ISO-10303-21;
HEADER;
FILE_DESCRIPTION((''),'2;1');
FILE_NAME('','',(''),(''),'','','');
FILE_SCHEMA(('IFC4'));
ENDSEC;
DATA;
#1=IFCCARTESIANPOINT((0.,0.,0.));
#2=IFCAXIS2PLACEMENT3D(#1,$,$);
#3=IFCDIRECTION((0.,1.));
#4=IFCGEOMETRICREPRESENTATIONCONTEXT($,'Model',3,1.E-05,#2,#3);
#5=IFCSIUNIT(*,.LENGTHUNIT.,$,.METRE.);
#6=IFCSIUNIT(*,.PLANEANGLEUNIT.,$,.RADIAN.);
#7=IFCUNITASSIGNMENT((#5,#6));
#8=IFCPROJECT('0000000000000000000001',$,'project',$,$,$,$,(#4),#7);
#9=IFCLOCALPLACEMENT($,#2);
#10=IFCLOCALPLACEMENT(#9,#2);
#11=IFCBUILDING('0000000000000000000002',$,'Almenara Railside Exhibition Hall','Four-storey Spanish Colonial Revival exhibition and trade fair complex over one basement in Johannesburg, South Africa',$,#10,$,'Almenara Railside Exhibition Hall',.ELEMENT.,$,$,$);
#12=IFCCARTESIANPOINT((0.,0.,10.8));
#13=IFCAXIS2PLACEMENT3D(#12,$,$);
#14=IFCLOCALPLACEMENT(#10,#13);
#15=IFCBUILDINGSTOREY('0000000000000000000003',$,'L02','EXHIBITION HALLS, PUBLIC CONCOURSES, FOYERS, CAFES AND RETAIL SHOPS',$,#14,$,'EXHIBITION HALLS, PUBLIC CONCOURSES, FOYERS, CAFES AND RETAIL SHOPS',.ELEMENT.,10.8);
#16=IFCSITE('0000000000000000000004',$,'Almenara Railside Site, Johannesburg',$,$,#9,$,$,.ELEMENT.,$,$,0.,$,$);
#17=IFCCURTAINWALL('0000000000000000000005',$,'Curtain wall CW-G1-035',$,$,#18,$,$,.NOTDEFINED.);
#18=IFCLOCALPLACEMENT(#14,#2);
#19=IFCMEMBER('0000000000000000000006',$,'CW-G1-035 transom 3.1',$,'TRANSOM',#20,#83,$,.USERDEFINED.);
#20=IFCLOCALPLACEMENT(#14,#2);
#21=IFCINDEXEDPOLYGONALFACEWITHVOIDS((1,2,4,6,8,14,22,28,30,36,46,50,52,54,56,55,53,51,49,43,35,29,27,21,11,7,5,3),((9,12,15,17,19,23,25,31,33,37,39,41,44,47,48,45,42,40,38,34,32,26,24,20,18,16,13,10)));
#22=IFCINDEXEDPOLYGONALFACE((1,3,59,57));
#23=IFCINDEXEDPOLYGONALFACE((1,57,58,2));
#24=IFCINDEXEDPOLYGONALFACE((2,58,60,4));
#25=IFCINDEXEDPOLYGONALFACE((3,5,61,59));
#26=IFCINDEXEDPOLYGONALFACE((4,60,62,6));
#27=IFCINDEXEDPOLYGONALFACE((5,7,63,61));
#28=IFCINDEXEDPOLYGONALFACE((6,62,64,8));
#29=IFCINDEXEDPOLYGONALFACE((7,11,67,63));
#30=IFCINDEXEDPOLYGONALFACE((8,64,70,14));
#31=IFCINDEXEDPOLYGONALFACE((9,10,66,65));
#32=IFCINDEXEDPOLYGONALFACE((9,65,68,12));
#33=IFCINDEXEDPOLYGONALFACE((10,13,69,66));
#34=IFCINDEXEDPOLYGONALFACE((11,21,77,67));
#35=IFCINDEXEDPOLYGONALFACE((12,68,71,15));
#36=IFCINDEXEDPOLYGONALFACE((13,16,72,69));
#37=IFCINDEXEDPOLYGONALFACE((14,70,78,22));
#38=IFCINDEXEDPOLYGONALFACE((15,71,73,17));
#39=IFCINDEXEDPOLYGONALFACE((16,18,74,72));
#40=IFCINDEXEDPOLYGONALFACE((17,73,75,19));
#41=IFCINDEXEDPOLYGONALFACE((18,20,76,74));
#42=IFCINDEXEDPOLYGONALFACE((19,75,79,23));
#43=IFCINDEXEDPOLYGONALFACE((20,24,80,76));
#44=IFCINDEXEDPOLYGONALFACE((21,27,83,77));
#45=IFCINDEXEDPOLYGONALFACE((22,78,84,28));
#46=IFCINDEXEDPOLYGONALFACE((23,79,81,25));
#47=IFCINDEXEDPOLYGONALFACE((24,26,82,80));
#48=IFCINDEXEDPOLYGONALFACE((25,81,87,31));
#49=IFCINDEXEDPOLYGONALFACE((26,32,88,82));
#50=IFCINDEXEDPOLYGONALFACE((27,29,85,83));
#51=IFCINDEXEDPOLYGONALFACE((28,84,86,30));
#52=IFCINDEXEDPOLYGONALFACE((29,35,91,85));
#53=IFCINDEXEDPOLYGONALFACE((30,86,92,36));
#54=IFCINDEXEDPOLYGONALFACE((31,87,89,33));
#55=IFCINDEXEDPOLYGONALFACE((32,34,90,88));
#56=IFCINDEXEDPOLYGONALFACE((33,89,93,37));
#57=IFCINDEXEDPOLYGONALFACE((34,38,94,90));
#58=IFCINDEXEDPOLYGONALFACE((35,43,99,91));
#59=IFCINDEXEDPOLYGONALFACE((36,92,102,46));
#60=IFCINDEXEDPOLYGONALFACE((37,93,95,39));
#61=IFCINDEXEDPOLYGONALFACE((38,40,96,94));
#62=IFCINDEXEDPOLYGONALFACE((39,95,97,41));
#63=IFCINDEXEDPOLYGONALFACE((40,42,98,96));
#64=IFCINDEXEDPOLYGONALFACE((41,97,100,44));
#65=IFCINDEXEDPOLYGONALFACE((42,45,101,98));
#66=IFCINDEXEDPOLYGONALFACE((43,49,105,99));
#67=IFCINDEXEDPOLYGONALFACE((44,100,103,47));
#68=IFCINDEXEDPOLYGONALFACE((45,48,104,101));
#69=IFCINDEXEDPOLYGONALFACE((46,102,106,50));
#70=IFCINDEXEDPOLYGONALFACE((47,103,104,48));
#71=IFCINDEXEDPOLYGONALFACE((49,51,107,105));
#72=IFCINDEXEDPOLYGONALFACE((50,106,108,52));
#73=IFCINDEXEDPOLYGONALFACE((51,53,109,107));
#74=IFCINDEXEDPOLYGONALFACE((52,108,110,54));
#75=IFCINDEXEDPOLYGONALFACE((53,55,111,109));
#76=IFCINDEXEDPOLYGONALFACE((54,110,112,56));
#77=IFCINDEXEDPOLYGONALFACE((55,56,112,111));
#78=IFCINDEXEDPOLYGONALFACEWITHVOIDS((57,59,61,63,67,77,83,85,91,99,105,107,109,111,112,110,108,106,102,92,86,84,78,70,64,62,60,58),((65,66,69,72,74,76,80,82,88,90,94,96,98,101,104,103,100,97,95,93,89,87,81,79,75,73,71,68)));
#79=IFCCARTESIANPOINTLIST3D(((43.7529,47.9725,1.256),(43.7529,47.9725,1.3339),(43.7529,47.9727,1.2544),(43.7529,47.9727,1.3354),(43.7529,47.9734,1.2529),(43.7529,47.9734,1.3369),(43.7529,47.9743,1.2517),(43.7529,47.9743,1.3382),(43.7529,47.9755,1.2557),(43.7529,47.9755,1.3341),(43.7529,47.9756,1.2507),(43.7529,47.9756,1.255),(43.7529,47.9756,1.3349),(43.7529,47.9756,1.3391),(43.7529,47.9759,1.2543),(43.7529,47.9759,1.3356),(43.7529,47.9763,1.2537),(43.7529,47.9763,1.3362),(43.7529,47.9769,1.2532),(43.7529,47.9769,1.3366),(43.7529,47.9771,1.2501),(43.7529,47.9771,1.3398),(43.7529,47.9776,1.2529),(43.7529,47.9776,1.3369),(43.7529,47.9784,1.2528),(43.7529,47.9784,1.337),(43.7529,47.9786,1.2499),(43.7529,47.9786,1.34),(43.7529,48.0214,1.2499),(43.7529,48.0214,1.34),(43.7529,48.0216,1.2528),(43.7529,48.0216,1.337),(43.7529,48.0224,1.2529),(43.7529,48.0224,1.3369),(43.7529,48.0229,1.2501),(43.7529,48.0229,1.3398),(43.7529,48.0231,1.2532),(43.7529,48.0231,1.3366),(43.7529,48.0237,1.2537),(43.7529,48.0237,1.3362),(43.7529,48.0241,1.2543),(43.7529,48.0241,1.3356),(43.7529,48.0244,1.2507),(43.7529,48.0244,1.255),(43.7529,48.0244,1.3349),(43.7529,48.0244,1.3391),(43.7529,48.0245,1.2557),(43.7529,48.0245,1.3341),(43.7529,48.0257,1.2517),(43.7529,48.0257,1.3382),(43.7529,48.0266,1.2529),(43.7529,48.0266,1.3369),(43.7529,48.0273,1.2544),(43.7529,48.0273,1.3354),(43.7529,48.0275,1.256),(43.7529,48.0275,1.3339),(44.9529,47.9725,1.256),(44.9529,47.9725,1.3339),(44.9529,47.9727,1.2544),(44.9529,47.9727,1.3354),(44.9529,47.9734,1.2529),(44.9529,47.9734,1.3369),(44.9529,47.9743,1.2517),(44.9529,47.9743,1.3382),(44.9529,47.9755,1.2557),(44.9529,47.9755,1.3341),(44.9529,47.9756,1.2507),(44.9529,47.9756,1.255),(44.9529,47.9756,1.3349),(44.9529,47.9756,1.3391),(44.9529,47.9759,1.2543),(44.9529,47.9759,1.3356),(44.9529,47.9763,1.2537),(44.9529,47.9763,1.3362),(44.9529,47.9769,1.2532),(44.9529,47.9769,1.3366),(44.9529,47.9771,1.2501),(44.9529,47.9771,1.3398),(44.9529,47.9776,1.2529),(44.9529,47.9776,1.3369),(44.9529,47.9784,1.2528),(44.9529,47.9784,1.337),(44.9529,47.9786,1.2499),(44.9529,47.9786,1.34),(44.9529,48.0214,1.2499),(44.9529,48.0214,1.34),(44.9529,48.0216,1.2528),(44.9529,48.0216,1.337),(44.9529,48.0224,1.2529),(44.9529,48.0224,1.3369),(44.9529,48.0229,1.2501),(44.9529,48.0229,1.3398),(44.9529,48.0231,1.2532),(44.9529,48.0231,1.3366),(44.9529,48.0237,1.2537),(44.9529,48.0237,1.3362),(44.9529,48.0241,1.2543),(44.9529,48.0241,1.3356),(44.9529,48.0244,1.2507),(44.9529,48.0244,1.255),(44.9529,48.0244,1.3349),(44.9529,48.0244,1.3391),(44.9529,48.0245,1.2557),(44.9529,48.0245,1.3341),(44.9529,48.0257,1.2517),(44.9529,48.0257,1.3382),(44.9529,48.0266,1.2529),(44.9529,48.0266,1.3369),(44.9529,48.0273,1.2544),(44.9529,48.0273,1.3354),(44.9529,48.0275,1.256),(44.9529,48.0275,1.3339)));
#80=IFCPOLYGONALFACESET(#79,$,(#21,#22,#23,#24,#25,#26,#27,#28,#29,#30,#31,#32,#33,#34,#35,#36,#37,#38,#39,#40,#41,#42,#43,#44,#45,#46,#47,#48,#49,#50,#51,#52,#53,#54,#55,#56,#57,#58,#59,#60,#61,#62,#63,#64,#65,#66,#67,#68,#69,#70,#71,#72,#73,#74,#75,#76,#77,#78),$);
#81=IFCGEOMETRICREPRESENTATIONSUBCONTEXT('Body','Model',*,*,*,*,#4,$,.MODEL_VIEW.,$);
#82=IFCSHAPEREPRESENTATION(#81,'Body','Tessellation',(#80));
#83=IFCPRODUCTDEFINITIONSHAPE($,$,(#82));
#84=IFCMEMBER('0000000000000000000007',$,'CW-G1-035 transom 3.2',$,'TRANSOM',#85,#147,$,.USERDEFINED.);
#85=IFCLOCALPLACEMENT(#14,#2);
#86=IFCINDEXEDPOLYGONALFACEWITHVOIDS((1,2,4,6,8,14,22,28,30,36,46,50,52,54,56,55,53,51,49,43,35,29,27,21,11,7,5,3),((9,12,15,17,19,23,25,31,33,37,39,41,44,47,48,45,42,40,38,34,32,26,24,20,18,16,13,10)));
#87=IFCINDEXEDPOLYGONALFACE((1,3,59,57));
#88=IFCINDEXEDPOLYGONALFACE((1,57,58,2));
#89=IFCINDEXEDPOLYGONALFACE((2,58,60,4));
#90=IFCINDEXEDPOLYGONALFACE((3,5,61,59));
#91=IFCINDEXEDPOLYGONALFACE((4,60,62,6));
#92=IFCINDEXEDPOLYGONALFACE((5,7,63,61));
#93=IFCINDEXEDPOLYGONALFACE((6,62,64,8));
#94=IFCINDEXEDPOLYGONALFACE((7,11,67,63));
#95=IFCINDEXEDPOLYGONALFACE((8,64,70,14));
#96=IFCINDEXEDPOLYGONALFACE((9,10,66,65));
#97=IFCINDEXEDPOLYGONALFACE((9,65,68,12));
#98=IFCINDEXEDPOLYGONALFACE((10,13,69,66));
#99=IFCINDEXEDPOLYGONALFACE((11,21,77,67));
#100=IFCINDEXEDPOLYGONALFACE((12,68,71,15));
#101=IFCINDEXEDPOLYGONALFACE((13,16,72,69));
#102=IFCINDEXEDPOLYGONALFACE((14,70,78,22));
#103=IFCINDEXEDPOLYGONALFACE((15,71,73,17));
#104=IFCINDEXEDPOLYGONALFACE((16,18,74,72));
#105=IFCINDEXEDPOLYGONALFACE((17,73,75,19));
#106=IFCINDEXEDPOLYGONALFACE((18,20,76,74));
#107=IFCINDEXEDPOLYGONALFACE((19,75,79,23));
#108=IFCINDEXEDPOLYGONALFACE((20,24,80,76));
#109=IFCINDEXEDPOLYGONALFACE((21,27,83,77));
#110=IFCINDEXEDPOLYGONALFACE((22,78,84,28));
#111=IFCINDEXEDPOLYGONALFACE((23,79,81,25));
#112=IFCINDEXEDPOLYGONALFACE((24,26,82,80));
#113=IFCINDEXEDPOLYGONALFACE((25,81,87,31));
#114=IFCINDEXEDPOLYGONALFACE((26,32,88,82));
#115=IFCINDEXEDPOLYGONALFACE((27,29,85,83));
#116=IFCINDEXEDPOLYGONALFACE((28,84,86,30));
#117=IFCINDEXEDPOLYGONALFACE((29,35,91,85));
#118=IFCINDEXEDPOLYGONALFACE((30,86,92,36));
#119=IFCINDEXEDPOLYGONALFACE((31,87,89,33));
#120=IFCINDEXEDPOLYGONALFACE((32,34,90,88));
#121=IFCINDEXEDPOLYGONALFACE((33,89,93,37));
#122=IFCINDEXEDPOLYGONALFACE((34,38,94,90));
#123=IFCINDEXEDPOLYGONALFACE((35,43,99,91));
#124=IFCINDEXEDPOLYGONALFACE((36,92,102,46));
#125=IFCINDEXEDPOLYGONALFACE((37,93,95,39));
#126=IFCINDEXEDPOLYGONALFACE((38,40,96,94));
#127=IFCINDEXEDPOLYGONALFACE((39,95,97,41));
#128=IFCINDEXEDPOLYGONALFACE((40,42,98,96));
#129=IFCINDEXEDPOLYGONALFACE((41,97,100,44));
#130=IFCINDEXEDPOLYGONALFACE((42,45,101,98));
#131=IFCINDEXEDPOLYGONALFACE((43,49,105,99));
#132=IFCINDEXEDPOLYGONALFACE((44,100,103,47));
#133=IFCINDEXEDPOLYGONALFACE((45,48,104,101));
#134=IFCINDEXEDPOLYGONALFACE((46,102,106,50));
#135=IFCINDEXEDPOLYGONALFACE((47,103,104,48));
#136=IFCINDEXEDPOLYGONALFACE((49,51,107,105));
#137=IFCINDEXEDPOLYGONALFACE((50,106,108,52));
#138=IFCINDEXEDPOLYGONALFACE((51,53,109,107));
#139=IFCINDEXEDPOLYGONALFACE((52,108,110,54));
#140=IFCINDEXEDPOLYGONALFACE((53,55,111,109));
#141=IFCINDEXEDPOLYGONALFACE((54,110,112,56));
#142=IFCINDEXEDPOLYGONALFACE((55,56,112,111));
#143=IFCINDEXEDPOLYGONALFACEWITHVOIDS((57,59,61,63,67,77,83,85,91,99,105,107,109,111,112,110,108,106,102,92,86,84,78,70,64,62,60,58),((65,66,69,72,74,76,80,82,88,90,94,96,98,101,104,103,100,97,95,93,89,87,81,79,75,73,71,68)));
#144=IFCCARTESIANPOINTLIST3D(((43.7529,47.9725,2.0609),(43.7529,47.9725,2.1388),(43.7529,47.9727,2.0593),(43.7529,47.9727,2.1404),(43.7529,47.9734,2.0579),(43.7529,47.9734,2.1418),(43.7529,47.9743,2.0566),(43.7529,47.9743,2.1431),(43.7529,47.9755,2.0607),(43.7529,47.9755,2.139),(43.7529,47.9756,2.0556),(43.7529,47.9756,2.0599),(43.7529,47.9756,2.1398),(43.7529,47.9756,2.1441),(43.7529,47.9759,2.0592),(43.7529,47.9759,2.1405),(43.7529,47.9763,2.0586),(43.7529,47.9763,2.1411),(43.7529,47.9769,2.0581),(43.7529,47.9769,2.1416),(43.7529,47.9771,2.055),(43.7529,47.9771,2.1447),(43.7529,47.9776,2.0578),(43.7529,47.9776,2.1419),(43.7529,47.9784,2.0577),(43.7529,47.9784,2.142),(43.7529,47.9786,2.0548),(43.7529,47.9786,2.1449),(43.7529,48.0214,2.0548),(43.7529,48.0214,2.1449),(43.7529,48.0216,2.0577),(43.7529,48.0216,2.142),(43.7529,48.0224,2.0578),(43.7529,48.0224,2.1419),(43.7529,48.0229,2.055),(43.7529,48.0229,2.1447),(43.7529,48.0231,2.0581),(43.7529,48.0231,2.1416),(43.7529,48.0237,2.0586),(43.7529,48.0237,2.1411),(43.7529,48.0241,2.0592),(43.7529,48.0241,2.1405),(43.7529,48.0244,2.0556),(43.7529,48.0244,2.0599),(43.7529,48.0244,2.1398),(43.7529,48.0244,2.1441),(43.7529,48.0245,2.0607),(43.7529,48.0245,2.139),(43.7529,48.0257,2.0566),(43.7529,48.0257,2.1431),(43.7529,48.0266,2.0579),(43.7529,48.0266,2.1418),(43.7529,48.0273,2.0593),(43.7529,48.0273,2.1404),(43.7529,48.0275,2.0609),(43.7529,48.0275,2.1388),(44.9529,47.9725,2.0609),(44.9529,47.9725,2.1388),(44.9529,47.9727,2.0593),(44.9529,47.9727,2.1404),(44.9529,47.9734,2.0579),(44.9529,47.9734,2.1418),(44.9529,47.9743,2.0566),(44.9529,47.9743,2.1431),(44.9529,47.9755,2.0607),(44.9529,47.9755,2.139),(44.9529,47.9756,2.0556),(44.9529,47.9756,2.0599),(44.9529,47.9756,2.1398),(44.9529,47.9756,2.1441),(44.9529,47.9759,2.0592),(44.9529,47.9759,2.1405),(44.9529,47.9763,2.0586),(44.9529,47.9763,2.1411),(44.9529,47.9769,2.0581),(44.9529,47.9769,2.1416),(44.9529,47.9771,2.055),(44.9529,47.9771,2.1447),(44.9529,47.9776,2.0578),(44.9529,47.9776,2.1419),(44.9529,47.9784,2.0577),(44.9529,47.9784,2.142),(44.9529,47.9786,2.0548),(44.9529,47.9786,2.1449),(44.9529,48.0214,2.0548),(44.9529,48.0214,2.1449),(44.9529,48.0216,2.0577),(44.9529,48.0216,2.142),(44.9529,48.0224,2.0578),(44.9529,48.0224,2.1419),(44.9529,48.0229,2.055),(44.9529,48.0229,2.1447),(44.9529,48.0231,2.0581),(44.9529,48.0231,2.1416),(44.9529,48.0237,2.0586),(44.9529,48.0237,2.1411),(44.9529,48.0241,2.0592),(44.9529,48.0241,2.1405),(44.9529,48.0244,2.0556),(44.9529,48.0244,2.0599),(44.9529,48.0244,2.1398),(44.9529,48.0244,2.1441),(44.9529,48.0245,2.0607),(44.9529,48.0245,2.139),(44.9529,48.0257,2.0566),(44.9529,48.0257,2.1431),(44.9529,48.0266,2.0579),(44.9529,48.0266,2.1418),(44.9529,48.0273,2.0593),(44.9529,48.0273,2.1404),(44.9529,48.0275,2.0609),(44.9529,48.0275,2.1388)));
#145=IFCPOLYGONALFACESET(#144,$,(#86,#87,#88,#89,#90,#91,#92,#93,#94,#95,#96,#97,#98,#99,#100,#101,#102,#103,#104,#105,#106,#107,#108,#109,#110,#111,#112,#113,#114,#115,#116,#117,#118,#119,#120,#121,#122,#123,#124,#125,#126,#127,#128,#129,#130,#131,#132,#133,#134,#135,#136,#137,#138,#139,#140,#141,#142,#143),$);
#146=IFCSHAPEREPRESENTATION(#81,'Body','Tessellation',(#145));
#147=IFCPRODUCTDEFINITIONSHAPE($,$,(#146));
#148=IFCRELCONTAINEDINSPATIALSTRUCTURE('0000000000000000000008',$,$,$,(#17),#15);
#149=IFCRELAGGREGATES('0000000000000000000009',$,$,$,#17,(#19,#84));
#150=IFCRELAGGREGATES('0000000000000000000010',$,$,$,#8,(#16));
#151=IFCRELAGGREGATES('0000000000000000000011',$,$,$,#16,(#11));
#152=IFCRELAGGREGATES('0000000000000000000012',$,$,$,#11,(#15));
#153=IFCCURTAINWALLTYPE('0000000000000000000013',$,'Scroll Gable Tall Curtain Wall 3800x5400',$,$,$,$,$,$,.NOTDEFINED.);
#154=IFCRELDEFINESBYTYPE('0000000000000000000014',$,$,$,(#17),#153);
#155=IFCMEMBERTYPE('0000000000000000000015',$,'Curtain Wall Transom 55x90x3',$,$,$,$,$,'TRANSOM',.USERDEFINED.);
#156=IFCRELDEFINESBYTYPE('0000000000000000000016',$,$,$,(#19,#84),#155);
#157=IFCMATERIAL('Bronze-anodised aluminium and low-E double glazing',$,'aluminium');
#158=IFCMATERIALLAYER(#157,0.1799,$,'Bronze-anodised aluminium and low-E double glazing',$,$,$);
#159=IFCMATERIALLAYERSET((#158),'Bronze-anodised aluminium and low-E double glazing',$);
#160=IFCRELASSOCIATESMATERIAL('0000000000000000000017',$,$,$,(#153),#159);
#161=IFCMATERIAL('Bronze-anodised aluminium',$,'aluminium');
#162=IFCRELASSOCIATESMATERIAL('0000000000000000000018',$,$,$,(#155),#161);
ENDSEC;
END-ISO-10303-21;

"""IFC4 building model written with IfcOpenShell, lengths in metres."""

from ifc_helpers import new_model, si_unit, direction, frame, origin, origin_2d, place, context, subcontext, project, spatial, hollow_rectangle, extrude, material, layer, layer_set, material_profile, profile_set, type_object, element, aggregate, save


model = new_model("IFC4")

# Units and contexts
model_context = context("Model", 3, precision=1e-05, world=origin(), true_north=direction((0.0, 1.0)))
body_context = subcontext(model_context, "Body", "Model", "MODEL_VIEW")
ifc_project = project(units=[si_unit("LENGTHUNIT", "METRE"), si_unit("PLANEANGLEUNIT", "RADIAN")], contexts=[model_context])

# Site, building, storey
site_placement = place(None, origin())
site = spatial("IfcSite", under=ifc_project, at=site_placement, Name="Almenara Railside Site, Johannesburg", CompositionType="ELEMENT", RefElevation=0.0)
building_placement = place(site_placement, origin())
building = spatial("IfcBuilding", under=site, at=building_placement, Name="Almenara Railside Exhibition Hall", Description="Four-storey Spanish Colonial Revival exhibition and trade fair complex over one basement in Johannesburg, South Africa", LongName="Almenara Railside Exhibition Hall", CompositionType="ELEMENT")
storey_placement = place(building_placement, frame((0.0, 0.0, 10.8)))
storey = spatial("IfcBuildingStorey", under=building, at=storey_placement, Name="L02", Description="EXHIBITION HALLS, PUBLIC CONCOURSES, FOYERS, CAFES AND RETAIL SHOPS", LongName="EXHIBITION HALLS, PUBLIC CONCOURSES, FOYERS, CAFES AND RETAIL SHOPS", CompositionType="ELEMENT", Elevation=10.8)

# Curtain wall
ifc_material_1 = material(Name="Bronze-anodised aluminium and low-E double glazing", Category="aluminium")
ifc_layer_1 = layer(ifc_material_1, 0.1799, Name="Bronze-anodised aluminium and low-E double glazing")
ifc_layer_set_1 = layer_set([ifc_layer_1], Name="Bronze-anodised aluminium and low-E double glazing")
curtain_wall_type = type_object("IfcCurtainWallType", Name="Scroll Gable Tall Curtain Wall 3800x5400", PredefinedType="NOTDEFINED", material=ifc_layer_set_1)
curtain_wall_1_placement = place(storey_placement, origin())
curtain_wall_1 = element("IfcCurtainWall", 1, at=curtain_wall_1_placement, inside=storey, type_object=curtain_wall_type, Name="Curtain wall CW-G1-035", PredefinedType="NOTDEFINED")
ifc_material_2 = material(Name="Bronze-anodised aluminium", Category="aluminium")

# Members
ifc_material_profile_1 = material_profile(ifc_material_2, hollow_rectangle(XDim=0.0549, YDim=0.0901, WallThickness=0.0029, InnerFilletRadius=0.0029, OuterFilletRadius=0.0061, at=origin_2d()), Name="ALU-TRN 55x90x3")
ifc_profile_set_1 = profile_set([ifc_material_profile_1], Name="Bronze-anodised aluminium")
member_type_1 = type_object("IfcMemberType", Name="Curtain Wall Transom 55x90x3", ElementType="TRANSOM", PredefinedType="USERDEFINED", material=ifc_profile_set_1)
member_1_placement = place(storey_placement, frame((43.7529, 48.0, 1.2949), z_axis=(1.0, 0.0, 0.0), x_axis=(0.0, 1.0, 0.0)))
member_1 = element("IfcMember", 2, at=member_1_placement, type_object=member_type_1, Name="CW-G1-035 transom 3.1", ObjectType="TRANSOM", PredefinedType="USERDEFINED", context=body_context, shape_type="SweptSolid", body=[
    extrude(hollow_rectangle(XDim=0.0549, YDim=0.0901, WallThickness=0.0029, InnerFilletRadius=0.0029, OuterFilletRadius=0.0061, at=origin_2d()), origin(), (0.0, 0.0, 1.0), 1.2),
])
member_2_placement = place(storey_placement, frame((43.7529, 48.0, 2.0999), z_axis=(1.0, 0.0, 0.0), x_axis=(0.0, 1.0, 0.0)))
member_2 = element("IfcMember", 3, at=member_2_placement, type_object=member_type_1, Name="CW-G1-035 transom 3.2", ObjectType="TRANSOM", PredefinedType="USERDEFINED", context=body_context, shape_type="SweptSolid", body=[
    extrude(hollow_rectangle(XDim=0.0549, YDim=0.0901, WallThickness=0.0029, InnerFilletRadius=0.0029, OuterFilletRadius=0.0061, at=origin_2d()), origin(), (0.0, 0.0, 1.0), 1.2),
])

aggregate(curtain_wall_1, [member_1, member_2])

save(model, "model.ifc")
